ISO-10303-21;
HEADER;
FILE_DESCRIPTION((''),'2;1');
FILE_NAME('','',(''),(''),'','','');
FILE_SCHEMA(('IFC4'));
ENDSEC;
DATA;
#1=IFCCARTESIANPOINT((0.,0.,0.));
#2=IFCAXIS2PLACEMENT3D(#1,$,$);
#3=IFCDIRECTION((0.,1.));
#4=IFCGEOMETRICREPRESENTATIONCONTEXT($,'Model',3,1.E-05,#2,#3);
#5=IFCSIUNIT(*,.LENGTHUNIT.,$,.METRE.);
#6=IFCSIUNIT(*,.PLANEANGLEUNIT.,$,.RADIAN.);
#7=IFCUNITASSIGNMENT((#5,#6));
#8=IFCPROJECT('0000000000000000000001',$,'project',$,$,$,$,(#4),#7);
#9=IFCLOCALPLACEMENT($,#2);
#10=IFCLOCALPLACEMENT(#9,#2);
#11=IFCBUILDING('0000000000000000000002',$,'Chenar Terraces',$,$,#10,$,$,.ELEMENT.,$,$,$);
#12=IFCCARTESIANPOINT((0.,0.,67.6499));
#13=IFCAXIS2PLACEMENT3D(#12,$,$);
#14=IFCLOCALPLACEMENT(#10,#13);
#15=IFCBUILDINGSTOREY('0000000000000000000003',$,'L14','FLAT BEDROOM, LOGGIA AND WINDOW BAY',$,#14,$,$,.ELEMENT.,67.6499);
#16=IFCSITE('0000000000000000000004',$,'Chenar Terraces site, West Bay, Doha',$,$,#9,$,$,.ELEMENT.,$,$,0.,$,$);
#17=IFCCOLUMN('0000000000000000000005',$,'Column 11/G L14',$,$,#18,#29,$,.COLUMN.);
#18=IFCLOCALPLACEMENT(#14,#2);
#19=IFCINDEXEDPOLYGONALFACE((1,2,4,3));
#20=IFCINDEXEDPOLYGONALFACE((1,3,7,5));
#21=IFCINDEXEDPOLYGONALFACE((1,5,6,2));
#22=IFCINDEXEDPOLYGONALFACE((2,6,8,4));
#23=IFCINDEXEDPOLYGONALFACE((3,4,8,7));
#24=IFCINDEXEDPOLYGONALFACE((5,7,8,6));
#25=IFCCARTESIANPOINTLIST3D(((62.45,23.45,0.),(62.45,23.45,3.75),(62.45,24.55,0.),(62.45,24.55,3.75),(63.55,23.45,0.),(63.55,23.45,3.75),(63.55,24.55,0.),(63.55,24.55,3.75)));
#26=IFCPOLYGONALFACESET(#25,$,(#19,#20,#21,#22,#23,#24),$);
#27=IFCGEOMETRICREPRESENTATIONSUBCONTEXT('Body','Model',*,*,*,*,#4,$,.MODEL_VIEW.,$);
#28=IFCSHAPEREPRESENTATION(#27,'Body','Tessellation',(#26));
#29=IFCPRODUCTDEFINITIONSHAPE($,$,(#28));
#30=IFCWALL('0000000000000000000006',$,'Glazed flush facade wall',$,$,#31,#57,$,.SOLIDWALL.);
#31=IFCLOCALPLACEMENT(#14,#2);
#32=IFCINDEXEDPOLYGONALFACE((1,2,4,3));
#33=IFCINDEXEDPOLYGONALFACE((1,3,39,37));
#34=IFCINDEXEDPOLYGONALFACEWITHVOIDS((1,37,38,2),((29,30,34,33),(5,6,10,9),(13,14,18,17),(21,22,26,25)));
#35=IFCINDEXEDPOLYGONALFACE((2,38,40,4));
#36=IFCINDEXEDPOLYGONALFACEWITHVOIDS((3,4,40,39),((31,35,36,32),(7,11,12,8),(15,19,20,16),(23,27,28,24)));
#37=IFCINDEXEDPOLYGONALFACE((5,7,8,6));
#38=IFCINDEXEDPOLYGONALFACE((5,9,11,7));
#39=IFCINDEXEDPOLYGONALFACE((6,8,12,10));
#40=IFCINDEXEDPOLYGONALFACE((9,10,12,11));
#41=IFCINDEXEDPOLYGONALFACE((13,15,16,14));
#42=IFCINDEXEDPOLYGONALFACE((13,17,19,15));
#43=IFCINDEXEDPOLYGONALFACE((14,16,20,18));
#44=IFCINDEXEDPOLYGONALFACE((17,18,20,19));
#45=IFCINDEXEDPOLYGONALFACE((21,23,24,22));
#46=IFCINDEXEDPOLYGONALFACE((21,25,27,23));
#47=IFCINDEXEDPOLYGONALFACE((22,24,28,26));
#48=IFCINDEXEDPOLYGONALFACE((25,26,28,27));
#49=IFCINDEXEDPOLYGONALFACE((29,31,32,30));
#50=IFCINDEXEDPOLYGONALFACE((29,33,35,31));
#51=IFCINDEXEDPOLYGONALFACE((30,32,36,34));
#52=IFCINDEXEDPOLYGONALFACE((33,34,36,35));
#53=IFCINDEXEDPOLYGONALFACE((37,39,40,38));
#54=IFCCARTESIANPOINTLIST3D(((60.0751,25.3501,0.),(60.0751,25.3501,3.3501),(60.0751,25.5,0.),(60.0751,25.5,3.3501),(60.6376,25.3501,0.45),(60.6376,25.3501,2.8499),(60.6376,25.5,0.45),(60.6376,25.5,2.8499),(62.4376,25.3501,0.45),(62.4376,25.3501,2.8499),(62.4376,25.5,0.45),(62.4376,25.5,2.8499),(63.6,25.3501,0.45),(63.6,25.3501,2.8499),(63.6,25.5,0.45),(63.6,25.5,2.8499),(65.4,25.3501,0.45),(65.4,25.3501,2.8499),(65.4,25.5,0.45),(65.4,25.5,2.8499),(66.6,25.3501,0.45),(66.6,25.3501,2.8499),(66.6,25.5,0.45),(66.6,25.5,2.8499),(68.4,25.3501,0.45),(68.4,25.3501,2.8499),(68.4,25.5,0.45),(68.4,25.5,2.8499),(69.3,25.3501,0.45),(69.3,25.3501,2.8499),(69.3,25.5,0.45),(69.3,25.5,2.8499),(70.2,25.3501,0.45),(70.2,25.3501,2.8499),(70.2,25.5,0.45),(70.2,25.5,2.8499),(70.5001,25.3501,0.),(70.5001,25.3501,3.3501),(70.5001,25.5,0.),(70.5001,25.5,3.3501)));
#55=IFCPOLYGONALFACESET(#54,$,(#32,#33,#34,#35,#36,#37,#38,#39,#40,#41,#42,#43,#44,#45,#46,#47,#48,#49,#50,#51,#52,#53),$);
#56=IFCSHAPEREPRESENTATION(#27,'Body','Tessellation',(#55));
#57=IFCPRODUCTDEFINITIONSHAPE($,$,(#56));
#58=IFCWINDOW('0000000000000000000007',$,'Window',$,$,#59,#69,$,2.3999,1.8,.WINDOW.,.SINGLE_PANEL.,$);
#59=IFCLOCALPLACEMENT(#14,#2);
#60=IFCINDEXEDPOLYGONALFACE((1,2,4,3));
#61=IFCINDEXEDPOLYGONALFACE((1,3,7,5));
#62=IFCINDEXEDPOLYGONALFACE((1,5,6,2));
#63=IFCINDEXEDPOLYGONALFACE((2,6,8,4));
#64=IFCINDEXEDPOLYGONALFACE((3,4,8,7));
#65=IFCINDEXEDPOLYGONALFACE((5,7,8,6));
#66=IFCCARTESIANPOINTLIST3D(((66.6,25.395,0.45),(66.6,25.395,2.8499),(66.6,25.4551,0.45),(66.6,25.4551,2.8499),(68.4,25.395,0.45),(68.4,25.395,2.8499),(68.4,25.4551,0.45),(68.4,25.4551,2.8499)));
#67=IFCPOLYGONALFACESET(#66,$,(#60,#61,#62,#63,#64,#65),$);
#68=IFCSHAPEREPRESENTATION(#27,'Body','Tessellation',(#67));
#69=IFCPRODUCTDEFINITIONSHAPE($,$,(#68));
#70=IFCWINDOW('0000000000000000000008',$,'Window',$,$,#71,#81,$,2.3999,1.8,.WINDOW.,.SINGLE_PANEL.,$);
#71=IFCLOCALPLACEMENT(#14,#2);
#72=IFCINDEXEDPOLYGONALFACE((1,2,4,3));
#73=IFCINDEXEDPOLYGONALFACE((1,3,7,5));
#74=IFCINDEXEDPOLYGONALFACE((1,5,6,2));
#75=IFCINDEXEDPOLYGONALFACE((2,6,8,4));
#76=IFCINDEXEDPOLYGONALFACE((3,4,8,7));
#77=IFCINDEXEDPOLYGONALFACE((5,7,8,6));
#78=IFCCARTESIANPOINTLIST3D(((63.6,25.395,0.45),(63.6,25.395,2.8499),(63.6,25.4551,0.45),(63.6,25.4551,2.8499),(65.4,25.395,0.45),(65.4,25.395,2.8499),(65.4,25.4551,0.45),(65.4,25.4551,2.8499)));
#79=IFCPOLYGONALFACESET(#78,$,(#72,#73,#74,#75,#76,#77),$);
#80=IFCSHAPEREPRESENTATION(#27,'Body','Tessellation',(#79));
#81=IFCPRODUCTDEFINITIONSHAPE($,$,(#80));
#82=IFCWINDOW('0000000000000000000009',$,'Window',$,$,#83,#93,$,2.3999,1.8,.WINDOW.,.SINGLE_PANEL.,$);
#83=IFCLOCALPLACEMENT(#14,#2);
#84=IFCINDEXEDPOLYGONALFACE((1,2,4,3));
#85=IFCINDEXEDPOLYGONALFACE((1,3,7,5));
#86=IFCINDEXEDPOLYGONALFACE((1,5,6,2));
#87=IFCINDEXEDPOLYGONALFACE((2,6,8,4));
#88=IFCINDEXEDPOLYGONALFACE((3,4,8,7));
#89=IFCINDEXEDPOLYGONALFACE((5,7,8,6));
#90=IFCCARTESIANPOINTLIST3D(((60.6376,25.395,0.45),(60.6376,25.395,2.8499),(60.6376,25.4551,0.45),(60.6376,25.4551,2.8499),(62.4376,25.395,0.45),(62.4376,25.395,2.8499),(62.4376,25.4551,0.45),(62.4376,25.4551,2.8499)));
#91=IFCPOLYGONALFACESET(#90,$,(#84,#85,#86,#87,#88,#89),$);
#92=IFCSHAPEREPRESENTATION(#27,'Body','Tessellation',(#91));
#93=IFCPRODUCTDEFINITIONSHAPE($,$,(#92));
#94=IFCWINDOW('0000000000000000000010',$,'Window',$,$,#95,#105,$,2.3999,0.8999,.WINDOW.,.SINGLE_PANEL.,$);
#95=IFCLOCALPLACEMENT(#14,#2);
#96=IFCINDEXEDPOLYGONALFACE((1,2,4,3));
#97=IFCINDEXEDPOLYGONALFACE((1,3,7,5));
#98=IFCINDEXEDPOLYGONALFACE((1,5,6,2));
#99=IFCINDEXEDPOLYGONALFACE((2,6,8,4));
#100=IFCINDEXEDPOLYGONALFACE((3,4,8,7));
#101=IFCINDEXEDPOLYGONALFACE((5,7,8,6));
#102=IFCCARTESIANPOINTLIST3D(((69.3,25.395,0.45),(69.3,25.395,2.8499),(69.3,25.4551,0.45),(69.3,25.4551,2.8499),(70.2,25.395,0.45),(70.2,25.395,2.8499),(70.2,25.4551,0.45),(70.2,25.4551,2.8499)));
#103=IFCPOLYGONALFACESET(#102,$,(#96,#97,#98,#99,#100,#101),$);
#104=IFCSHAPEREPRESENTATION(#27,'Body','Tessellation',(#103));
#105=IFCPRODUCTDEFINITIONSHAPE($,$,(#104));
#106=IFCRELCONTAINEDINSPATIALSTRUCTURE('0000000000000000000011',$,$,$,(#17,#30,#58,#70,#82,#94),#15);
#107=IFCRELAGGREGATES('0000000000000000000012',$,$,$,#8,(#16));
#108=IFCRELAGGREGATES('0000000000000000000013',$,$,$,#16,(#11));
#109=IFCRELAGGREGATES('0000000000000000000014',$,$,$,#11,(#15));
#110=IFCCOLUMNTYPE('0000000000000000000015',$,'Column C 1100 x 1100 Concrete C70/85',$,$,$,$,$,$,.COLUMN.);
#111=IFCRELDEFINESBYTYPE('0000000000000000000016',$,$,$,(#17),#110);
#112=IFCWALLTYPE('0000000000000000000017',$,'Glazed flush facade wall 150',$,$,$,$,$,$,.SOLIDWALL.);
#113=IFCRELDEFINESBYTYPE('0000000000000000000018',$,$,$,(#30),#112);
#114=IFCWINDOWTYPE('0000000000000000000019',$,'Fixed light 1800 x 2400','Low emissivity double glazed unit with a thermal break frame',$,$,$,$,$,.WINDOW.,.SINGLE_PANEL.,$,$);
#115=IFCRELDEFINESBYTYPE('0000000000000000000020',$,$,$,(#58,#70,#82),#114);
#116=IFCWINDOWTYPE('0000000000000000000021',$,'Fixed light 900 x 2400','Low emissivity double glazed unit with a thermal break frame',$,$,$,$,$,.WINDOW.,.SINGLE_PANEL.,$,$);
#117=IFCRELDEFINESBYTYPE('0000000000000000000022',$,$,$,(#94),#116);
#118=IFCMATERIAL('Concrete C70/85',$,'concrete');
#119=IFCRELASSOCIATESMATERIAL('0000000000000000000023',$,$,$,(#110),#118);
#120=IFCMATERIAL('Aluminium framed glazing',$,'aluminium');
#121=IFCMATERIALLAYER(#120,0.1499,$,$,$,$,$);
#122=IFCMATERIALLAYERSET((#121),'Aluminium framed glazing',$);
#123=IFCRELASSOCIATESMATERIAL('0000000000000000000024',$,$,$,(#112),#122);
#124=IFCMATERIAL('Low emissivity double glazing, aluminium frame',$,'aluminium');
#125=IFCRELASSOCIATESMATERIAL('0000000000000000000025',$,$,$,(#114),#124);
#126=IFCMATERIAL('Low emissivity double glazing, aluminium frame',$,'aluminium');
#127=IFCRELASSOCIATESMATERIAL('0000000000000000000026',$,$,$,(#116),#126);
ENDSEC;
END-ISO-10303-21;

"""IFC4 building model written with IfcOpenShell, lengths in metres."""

from ifc_helpers import new_model, si_unit, direction, frame, frame_2d, origin, origin_2d, place, context, subcontext, project, spatial, rectangle, extrude, material, layer, layer_set, material_profile, profile_set, type_object, element, fill, save


model = new_model("IFC4")

# Units and contexts
model_context = context("Model", 3, precision=1e-05, world=origin(), true_north=direction((0.0, 1.0)))
body_context = subcontext(model_context, "Body", "Model", "MODEL_VIEW")
ifc_project = project(units=[si_unit("LENGTHUNIT", "METRE"), si_unit("PLANEANGLEUNIT", "RADIAN")], contexts=[model_context])

# Site, building, storey
site_placement = place(None, origin())
site = spatial("IfcSite", under=ifc_project, at=site_placement, Name="Chenar Terraces site, West Bay, Doha", CompositionType="ELEMENT", RefElevation=0.0)
building_placement = place(site_placement, origin())
building = spatial("IfcBuilding", under=site, at=building_placement, Name="Chenar Terraces", CompositionType="ELEMENT")
storey_placement = place(building_placement, frame((0.0, 0.0, 67.6499)))
storey = spatial("IfcBuildingStorey", under=building, at=storey_placement, Name="L14", Description="FLAT BEDROOM, LOGGIA AND WINDOW BAY", CompositionType="ELEMENT", Elevation=67.6499)

# Column
ifc_material_1 = material(Name="Concrete C70/85", Category="concrete")
ifc_material_profile = material_profile(ifc_material_1, rectangle(XDim=1.1001, YDim=1.1001, at=origin_2d()), Name="C 1100 x 1100")
ifc_profile_set = profile_set([ifc_material_profile], Name="Concrete C70/85")
column_type = type_object("IfcColumnType", Name="Column C 1100 x 1100 Concrete C70/85", PredefinedType="COLUMN", material=ifc_profile_set)
column_placement = place(storey_placement, frame((63.0, 24.0, 0.0), z_axis=(0.0, 0.0, 1.0), x_axis=(1.0, 0.0, 0.0)))
element("IfcColumn", 1, at=column_placement, inside=storey, type_object=column_type, Name="Column 11/G L14", PredefinedType="COLUMN", context=body_context, shape_type="SweptSolid", body=[
    extrude(rectangle(XDim=1.1001, YDim=1.1001, at=origin_2d()), origin(), (0.0, 0.0, 1.0), 3.75),
])

# Wall, openings, windows
ifc_material_2 = material(Name="Aluminium framed glazing", Category="aluminium")
ifc_layer_1 = layer(ifc_material_2, 0.1499)
ifc_layer_set_1 = layer_set([ifc_layer_1], Name="Aluminium framed glazing")
wall_type_1 = type_object("IfcWallType", Name="Glazed flush facade wall 150", PredefinedType="SOLIDWALL", material=ifc_layer_set_1)
wall_1_placement = place(storey_placement, frame((70.5, 25.425, 0.0), z_axis=(0.0, 0.0, 1.0), x_axis=(-1.0, 0.0, 0.0)))
wall_1 = element("IfcWall", 2, at=wall_1_placement, inside=storey, type_object=wall_type_1, Name="Glazed flush facade wall", PredefinedType="SOLIDWALL", context=body_context, shape_type="SweptSolid", body=[
    extrude(rectangle(XDim=10.425, YDim=0.1499, at=frame_2d((5.2124, 0.0))), origin(), (0.0, 0.0, 1.0), 3.3501),
])
opening_1_placement = place(wall_1_placement, frame((0.3, 0.0, 0.45)))
opening_1 = element("IfcOpeningElement", 3, at=opening_1_placement, cuts=wall_1, PredefinedType="OPENING", context=body_context, shape_type="SweptSolid", body=[
    extrude(rectangle(XDim=0.8999, YDim=2.3999, at=frame_2d((0.45, 1.2))), frame((0.0, 0.085, 0.0), z_axis=(0.0, -1.0, 0.0), x_axis=(1.0, 0.0, 0.0)), (0.0, 0.0, 1.0), 0.1699),
])
opening_2_placement = place(wall_1_placement, frame((2.1001, 0.0, 0.45)))
opening_2 = element("IfcOpeningElement", 4, at=opening_2_placement, cuts=wall_1, PredefinedType="OPENING", context=body_context, shape_type="SweptSolid", body=[
    extrude(rectangle(XDim=1.8, YDim=2.3999, at=frame_2d((0.8999, 1.2))), frame((0.0, 0.085, 0.0), z_axis=(0.0, -1.0, 0.0), x_axis=(1.0, 0.0, 0.0)), (0.0, 0.0, 1.0), 0.1699),
])
opening_3_placement = place(wall_1_placement, frame((5.1001, 0.0, 0.45)))
opening_3 = element("IfcOpeningElement", 5, at=opening_3_placement, cuts=wall_1, PredefinedType="OPENING", context=body_context, shape_type="SweptSolid", body=[
    extrude(rectangle(XDim=1.8, YDim=2.3999, at=frame_2d((0.8999, 1.2))), frame((0.0, 0.085, 0.0), z_axis=(0.0, -1.0, 0.0), x_axis=(1.0, 0.0, 0.0)), (0.0, 0.0, 1.0), 0.1699),
])
opening_4_placement = place(wall_1_placement, frame((8.0625, 0.0, 0.45)))
opening_4 = element("IfcOpeningElement", 6, at=opening_4_placement, cuts=wall_1, PredefinedType="OPENING", context=body_context, shape_type="SweptSolid", body=[
    extrude(rectangle(XDim=1.8, YDim=2.3999, at=frame_2d((0.8999, 1.2))), frame((0.0, 0.085, 0.0), z_axis=(0.0, -1.0, 0.0), x_axis=(1.0, 0.0, 0.0)), (0.0, 0.0, 1.0), 0.1699),
])
ifc_material_3 = material(Name="Low emissivity double glazing, aluminium frame", Category="aluminium")
window_type_1 = type_object("IfcWindowType", Name="Fixed light 1800 x 2400", Description="Low emissivity double glazed unit with a thermal break frame", PartitioningType="SINGLE_PANEL", PredefinedType="WINDOW", material=ifc_material_3)
window_1_placement = place(opening_2_placement, origin())
window_1 = element("IfcWindow", 7, at=window_1_placement, inside=storey, type_object=window_type_1, Name="Window", OverallHeight=2.3999, OverallWidth=1.8, PartitioningType="SINGLE_PANEL", PredefinedType="WINDOW", context=body_context, shape_type="SweptSolid", body=[
    extrude(rectangle(XDim=1.8, YDim=2.3999, at=frame_2d((0.8999, 1.2))), frame((0.0, 0.03, 0.0), z_axis=(0.0, -1.0, 0.0), x_axis=(1.0, 0.0, 0.0)), (0.0, 0.0, 1.0), 0.0601),
])
fill(opening_2, window_1)
window_2_placement = place(opening_3_placement, origin())
window_2 = element("IfcWindow", 8, at=window_2_placement, inside=storey, type_object=window_type_1, Name="Window", OverallHeight=2.3999, OverallWidth=1.8, PartitioningType="SINGLE_PANEL", PredefinedType="WINDOW", context=body_context, shape_type="SweptSolid", body=[
    extrude(rectangle(XDim=1.8, YDim=2.3999, at=frame_2d((0.8999, 1.2))), frame((0.0, 0.03, 0.0), z_axis=(0.0, -1.0, 0.0), x_axis=(1.0, 0.0, 0.0)), (0.0, 0.0, 1.0), 0.0601),
])
fill(opening_3, window_2)
window_3_placement = place(opening_4_placement, origin())
window_3 = element("IfcWindow", 9, at=window_3_placement, inside=storey, type_object=window_type_1, Name="Window", OverallHeight=2.3999, OverallWidth=1.8, PartitioningType="SINGLE_PANEL", PredefinedType="WINDOW", context=body_context, shape_type="SweptSolid", body=[
    extrude(rectangle(XDim=1.8, YDim=2.3999, at=frame_2d((0.8999, 1.2))), frame((0.0, 0.03, 0.0), z_axis=(0.0, -1.0, 0.0), x_axis=(1.0, 0.0, 0.0)), (0.0, 0.0, 1.0), 0.0601),
])
fill(opening_4, window_3)
ifc_material_4 = material(Name="Low emissivity double glazing, aluminium frame", Category="aluminium")
window_type_2 = type_object("IfcWindowType", Name="Fixed light 900 x 2400", Description="Low emissivity double glazed unit with a thermal break frame", PartitioningType="SINGLE_PANEL", PredefinedType="WINDOW", material=ifc_material_4)
window_4_placement = place(opening_1_placement, origin())
window_4 = element("IfcWindow", 10, at=window_4_placement, inside=storey, type_object=window_type_2, Name="Window", OverallHeight=2.3999, OverallWidth=0.8999, PartitioningType="SINGLE_PANEL", PredefinedType="WINDOW", context=body_context, shape_type="SweptSolid", body=[
    extrude(rectangle(XDim=0.8999, YDim=2.3999, at=frame_2d((0.45, 1.2))), frame((0.0, 0.03, 0.0), z_axis=(0.0, -1.0, 0.0), x_axis=(1.0, 0.0, 0.0)), (0.0, 0.0, 1.0), 0.0601),
])
fill(opening_1, window_4)

save(model, "model.ifc")
